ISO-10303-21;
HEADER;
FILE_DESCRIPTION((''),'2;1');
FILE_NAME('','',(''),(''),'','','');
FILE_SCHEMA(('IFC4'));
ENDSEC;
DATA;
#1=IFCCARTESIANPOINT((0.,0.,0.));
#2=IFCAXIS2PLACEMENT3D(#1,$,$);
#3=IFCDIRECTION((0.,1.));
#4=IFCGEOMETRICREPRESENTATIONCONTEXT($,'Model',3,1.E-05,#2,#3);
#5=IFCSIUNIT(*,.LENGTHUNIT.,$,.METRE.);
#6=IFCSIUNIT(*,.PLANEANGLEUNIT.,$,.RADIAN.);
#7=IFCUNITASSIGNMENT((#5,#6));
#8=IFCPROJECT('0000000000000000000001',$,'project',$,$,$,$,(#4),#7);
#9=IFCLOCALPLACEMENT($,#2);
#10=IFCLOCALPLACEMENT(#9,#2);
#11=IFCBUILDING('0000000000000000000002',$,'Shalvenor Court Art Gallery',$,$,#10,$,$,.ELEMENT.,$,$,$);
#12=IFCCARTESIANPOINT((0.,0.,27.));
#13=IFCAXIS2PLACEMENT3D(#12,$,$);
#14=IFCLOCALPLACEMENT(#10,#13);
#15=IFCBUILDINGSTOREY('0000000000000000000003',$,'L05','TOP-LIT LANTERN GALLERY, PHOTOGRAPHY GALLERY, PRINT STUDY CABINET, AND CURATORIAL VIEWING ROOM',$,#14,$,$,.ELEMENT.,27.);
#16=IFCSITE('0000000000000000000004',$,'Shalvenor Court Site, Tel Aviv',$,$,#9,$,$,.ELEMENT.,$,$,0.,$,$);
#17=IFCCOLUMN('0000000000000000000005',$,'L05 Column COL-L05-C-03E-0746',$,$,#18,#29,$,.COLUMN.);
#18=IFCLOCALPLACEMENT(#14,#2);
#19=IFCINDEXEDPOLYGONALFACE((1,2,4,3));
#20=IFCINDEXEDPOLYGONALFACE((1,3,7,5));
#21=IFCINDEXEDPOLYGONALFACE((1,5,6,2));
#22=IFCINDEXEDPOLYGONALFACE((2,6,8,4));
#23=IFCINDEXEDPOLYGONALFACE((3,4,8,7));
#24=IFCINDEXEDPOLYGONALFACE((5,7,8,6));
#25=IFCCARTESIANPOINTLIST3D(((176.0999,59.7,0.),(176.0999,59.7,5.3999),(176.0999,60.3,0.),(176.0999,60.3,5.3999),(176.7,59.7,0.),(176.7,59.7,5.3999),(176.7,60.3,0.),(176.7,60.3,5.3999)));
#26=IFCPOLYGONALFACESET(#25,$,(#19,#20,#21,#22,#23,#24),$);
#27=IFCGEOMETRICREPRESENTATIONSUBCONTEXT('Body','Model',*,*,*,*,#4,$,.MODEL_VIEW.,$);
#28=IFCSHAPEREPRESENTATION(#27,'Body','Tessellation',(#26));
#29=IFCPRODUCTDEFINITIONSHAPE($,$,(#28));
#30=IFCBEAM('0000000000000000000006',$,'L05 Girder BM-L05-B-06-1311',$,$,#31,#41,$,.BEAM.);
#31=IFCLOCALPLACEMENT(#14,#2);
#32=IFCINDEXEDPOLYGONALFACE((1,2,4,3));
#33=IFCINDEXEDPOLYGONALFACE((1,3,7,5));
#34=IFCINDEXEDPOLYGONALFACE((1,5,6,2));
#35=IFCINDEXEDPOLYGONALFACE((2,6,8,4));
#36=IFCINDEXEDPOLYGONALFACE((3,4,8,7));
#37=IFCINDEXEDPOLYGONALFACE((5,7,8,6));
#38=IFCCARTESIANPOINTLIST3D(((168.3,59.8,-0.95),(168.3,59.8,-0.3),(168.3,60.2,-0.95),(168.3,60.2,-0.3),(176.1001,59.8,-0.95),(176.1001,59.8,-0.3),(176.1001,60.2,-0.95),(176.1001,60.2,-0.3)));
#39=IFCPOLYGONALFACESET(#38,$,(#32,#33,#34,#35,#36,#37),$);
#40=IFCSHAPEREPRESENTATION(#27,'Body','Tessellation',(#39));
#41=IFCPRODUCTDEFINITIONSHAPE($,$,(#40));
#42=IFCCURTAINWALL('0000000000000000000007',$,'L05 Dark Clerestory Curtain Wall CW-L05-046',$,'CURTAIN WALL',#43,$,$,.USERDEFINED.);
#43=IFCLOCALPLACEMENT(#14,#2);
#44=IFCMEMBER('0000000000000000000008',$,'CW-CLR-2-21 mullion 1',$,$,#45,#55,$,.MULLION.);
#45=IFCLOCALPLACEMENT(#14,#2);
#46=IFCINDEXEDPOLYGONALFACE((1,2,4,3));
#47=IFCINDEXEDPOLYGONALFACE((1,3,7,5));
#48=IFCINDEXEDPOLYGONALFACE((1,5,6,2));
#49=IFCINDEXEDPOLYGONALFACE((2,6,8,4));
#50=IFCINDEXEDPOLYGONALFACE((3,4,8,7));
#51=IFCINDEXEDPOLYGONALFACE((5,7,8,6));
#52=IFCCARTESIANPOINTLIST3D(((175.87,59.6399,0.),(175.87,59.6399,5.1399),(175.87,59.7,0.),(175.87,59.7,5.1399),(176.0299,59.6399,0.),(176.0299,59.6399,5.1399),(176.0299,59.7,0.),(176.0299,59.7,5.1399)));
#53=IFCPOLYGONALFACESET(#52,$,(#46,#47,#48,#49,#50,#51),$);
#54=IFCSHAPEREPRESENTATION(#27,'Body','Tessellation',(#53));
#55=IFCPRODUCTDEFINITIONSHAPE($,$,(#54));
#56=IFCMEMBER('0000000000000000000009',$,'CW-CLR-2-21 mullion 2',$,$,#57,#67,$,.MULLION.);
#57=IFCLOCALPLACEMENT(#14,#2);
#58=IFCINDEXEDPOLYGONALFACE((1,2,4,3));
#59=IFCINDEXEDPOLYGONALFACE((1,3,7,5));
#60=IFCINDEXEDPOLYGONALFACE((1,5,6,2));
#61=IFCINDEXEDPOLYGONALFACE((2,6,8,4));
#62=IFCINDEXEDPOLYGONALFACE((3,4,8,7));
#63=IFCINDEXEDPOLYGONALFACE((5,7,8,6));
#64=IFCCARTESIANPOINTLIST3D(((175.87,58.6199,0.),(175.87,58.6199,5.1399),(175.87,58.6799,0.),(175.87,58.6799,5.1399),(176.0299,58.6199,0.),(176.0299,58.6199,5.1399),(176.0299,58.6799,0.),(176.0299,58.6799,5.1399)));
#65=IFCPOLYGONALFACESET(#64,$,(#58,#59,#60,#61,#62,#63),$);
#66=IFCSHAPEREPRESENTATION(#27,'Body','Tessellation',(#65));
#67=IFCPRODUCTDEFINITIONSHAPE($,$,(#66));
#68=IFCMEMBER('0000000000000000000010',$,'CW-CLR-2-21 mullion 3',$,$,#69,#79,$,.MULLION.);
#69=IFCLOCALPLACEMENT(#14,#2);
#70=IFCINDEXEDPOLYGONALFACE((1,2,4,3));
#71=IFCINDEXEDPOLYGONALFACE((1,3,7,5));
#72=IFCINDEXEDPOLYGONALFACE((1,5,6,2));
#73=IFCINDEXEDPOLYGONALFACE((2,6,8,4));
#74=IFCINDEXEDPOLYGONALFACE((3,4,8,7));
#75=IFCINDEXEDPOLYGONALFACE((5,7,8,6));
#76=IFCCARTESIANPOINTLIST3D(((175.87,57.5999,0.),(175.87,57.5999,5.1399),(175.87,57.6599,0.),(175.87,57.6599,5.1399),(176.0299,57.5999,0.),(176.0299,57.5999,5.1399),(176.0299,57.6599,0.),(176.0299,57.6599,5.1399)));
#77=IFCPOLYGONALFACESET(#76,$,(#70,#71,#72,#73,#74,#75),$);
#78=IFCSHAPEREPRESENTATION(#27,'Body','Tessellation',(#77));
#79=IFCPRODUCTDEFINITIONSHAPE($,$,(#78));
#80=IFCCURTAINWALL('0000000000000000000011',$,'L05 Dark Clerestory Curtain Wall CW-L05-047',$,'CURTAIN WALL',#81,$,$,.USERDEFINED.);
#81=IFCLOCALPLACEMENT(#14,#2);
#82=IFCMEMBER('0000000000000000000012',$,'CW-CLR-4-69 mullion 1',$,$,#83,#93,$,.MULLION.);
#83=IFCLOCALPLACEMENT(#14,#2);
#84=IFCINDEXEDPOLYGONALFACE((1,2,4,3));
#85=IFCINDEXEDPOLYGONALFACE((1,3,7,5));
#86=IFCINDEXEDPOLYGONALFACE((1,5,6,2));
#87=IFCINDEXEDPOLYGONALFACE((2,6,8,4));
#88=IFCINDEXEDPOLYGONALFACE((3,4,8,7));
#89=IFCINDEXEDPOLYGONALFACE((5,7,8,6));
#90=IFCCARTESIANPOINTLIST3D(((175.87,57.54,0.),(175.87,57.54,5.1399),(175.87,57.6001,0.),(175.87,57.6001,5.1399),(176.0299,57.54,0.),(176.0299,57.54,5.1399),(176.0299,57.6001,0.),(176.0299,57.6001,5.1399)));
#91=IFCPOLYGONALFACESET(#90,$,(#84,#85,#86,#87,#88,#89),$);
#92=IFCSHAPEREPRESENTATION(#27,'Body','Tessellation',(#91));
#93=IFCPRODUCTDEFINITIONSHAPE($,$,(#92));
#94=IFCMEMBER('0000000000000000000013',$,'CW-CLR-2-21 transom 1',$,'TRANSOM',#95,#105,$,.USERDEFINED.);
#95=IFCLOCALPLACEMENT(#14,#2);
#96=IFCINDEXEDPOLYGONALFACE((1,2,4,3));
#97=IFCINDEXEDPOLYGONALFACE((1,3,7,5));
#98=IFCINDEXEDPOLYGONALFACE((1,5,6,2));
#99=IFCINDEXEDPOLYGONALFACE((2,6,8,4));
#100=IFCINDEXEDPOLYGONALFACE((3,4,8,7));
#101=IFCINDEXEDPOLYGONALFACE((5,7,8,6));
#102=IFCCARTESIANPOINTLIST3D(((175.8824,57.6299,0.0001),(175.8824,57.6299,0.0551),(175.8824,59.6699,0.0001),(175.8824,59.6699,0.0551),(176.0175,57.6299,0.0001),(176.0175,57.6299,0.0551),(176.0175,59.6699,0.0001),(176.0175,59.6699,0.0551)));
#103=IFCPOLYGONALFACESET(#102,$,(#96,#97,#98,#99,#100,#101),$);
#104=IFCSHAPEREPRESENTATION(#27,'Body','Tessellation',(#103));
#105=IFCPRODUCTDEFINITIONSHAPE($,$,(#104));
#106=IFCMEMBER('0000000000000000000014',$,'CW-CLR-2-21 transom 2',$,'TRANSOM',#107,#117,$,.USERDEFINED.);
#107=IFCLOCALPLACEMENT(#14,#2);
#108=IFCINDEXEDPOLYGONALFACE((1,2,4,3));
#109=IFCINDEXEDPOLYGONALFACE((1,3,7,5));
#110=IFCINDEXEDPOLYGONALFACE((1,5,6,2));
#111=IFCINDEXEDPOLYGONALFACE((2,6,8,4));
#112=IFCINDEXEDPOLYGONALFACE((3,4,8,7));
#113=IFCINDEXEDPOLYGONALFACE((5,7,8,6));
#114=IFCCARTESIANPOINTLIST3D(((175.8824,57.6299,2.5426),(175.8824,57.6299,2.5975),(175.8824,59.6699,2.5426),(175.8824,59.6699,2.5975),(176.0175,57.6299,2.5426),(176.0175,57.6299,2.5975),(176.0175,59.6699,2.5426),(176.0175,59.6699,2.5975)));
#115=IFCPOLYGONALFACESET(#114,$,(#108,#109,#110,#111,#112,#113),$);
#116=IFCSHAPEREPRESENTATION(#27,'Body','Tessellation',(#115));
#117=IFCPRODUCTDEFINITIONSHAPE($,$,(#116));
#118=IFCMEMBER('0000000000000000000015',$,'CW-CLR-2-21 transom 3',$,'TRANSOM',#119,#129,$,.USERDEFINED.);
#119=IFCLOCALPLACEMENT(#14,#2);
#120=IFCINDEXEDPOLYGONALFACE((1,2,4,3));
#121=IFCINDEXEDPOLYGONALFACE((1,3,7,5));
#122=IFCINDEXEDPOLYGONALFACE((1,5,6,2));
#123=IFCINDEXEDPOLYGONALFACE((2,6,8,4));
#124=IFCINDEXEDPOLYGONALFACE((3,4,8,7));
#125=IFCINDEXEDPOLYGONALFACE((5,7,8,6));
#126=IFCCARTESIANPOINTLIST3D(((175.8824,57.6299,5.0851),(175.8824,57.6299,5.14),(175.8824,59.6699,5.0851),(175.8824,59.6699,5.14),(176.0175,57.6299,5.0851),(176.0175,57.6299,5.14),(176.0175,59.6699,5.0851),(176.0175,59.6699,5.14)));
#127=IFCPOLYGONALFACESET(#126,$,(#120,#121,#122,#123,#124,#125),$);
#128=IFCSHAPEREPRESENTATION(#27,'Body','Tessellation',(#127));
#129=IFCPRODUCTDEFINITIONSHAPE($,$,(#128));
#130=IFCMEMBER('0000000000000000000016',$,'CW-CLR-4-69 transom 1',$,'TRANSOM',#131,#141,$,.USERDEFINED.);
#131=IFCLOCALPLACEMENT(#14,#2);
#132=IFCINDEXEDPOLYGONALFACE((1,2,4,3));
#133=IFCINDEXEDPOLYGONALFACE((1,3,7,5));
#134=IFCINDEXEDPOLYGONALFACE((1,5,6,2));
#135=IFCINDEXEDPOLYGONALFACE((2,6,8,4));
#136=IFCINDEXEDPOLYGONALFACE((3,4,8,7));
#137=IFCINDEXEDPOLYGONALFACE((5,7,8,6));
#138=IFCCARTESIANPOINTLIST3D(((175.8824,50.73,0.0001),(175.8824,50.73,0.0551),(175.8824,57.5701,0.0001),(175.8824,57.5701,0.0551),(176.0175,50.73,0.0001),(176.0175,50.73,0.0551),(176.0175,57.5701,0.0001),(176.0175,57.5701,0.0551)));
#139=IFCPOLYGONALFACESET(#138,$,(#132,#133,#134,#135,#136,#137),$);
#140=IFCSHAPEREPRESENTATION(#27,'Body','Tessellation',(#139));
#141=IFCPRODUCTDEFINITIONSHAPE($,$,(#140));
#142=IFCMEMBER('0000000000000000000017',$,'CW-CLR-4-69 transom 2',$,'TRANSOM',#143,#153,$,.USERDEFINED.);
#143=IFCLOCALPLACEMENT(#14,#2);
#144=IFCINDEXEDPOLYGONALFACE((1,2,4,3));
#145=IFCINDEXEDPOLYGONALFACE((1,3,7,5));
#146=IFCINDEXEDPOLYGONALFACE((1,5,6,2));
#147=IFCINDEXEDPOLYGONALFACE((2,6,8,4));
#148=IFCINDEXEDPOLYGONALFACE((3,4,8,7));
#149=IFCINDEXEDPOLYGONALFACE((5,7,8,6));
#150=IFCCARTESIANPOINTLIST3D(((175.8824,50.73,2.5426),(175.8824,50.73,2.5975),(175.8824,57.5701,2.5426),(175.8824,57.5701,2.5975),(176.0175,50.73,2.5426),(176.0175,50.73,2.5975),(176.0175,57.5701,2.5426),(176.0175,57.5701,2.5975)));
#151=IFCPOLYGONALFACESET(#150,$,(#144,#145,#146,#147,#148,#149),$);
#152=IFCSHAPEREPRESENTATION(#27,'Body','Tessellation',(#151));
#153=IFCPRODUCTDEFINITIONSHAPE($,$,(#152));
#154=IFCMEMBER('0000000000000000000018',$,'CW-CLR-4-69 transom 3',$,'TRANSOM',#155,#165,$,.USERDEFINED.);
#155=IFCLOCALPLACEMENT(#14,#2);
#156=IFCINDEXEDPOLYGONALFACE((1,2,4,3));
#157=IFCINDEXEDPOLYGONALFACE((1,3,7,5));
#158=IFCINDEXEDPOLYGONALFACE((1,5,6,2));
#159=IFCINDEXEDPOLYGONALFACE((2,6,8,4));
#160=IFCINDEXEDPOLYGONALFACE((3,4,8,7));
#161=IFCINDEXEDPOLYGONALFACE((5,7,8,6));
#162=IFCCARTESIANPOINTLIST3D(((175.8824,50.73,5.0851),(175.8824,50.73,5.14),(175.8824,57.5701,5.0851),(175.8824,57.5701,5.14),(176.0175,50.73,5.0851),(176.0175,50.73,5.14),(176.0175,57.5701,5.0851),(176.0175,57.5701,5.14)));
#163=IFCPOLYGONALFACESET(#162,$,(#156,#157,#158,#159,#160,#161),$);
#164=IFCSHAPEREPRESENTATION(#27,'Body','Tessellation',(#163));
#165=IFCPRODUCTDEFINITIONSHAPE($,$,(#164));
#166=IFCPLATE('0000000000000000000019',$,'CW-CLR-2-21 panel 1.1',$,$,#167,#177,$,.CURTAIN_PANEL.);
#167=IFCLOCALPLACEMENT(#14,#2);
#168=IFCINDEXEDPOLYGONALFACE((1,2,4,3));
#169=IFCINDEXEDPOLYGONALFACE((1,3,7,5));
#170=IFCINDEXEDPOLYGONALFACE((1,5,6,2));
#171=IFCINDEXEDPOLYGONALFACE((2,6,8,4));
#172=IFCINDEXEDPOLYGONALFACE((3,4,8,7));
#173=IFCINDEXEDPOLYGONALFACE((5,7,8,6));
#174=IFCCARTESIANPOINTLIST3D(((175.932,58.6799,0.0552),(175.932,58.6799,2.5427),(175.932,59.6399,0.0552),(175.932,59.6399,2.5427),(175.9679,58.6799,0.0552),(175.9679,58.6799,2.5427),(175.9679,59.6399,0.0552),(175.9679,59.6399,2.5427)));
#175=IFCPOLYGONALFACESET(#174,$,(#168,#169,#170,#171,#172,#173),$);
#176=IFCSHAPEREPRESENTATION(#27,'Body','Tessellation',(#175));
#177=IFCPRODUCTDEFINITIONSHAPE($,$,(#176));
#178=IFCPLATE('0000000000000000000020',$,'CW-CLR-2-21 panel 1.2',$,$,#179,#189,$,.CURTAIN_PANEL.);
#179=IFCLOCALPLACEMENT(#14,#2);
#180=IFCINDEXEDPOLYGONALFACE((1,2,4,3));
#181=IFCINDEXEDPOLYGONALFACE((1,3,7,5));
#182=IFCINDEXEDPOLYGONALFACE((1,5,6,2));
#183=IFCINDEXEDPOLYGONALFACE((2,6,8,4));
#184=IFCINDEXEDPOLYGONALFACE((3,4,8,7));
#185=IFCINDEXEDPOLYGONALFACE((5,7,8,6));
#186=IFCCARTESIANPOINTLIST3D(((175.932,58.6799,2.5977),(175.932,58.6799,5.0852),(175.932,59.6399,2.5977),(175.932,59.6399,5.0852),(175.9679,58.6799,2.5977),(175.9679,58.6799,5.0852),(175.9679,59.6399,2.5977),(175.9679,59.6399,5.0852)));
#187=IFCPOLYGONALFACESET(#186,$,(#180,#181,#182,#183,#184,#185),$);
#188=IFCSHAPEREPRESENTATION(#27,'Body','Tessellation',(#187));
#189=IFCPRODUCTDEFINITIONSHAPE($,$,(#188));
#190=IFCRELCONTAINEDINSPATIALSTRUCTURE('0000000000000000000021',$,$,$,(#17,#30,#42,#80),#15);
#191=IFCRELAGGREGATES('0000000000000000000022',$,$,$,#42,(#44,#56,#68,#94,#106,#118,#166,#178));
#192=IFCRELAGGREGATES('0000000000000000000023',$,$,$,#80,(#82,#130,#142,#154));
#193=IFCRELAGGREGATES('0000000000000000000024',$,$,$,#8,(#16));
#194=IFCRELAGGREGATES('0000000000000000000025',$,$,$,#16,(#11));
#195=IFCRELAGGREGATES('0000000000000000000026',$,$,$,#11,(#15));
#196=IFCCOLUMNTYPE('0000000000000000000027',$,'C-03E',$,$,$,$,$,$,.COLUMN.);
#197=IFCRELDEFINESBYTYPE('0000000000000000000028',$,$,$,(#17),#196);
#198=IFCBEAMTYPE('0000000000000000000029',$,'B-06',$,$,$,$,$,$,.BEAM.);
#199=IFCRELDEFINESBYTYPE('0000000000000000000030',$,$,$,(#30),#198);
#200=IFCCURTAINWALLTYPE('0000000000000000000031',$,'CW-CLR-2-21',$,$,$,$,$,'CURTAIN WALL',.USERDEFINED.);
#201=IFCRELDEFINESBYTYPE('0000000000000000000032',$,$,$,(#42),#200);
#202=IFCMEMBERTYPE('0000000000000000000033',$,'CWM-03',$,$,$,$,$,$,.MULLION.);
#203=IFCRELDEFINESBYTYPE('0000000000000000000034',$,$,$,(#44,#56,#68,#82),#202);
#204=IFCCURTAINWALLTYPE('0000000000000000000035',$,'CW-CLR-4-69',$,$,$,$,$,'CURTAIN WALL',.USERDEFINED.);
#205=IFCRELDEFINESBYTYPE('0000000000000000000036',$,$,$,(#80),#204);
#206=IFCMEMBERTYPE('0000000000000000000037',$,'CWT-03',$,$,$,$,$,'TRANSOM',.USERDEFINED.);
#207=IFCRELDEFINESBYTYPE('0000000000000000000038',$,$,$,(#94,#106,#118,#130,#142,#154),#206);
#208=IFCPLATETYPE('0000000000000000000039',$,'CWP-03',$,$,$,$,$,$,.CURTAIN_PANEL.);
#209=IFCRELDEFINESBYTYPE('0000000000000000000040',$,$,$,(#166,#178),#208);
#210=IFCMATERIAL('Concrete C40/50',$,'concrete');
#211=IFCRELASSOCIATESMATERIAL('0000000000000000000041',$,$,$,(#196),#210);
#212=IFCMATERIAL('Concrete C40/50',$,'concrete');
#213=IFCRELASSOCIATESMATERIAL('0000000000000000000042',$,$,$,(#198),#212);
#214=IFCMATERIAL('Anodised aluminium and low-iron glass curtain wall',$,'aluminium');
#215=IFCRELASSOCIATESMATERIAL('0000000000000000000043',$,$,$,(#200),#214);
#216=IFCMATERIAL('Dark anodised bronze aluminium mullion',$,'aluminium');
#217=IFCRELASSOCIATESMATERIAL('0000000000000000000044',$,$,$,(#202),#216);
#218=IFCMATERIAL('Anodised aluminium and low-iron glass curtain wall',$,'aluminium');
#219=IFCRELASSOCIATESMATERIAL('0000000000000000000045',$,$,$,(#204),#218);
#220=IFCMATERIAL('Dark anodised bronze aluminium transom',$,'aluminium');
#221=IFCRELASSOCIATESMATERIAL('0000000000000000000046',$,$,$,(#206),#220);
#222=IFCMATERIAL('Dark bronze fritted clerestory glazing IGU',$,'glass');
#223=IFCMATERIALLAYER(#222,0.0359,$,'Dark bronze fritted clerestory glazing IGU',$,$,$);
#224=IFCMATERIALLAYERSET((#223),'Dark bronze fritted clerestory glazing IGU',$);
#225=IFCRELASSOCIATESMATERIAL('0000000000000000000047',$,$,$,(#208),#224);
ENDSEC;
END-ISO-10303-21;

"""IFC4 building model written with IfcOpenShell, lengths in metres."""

from ifc_helpers import new_model, si_unit, direction, frame, origin, origin_2d, place, context, subcontext, project, spatial, rectangle, extrude, material, layer, layer_set, material_profile, profile_set, type_object, element, aggregate, save


model = new_model("IFC4")

# Units and contexts
model_context = context("Model", 3, precision=1e-05, world=origin(), true_north=direction((0.0, 1.0)))
body_context = subcontext(model_context, "Body", "Model", "MODEL_VIEW")
ifc_project = project(units=[si_unit("LENGTHUNIT", "METRE"), si_unit("PLANEANGLEUNIT", "RADIAN")], contexts=[model_context])

# Site, building, storey
site_placement = place(None, origin())
site = spatial("IfcSite", under=ifc_project, at=site_placement, Name="Shalvenor Court Site, Tel Aviv", CompositionType="ELEMENT", RefElevation=0.0)
building_placement = place(site_placement, origin())
building = spatial("IfcBuilding", under=site, at=building_placement, Name="Shalvenor Court Art Gallery", CompositionType="ELEMENT")
storey_placement = place(building_placement, frame((0.0, 0.0, 27.0)))
storey = spatial("IfcBuildingStorey", under=building, at=storey_placement, Name="L05", Description="TOP-LIT LANTERN GALLERY, PHOTOGRAPHY GALLERY, PRINT STUDY CABINET, AND CURATORIAL VIEWING ROOM", CompositionType="ELEMENT", Elevation=27.0)

# Column
ifc_material_1 = material(Name="Concrete C40/50", Category="concrete")
ifc_material_profile_1 = material_profile(ifc_material_1, rectangle(XDim=0.6001, YDim=0.6001, at=origin_2d()), Name="RC 600x600")
ifc_profile_set_1 = profile_set([ifc_material_profile_1], Name="Concrete C40/50")
column_type = type_object("IfcColumnType", Name="C-03E", PredefinedType="COLUMN", material=ifc_profile_set_1)
column_placement = place(storey_placement, frame((176.3999, 60.0, 0.0), z_axis=(0.0, 0.0, 1.0), x_axis=(1.0, 0.0, 0.0)))
element("IfcColumn", 1, at=column_placement, inside=storey, type_object=column_type, Name="L05 Column COL-L05-C-03E-0746", PredefinedType="COLUMN", context=body_context, shape_type="SweptSolid", body=[
    extrude(rectangle(XDim=0.6001, YDim=0.6001, at=origin_2d()), origin(), (0.0, 0.0, 1.0), 5.3999),
])

# Beam
ifc_material_2 = material(Name="Concrete C40/50", Category="concrete")
ifc_material_profile_2 = material_profile(ifc_material_2, rectangle(XDim=0.3999, YDim=0.6499, at=origin_2d()), Name="RC 400x650")
ifc_profile_set_2 = profile_set([ifc_material_profile_2], Name="Concrete C40/50")
beam_type = type_object("IfcBeamType", Name="B-06", PredefinedType="BEAM", material=ifc_profile_set_2)
beam_placement = place(storey_placement, frame((168.3, 60.0, -0.625), z_axis=(1.0, 0.0, 0.0), x_axis=(0.0, 1.0, 0.0)))
element("IfcBeam", 2, at=beam_placement, inside=storey, type_object=beam_type, Name="L05 Girder BM-L05-B-06-1311", PredefinedType="BEAM", context=body_context, shape_type="SweptSolid", body=[
    extrude(rectangle(XDim=0.3999, YDim=0.6499, at=origin_2d()), origin(), (0.0, 0.0, 1.0), 7.8),
])

# Curtain wall, members
ifc_material_3 = material(Name="Anodised aluminium and low-iron glass curtain wall", Category="aluminium")
curtain_wall_type_1 = type_object("IfcCurtainWallType", Name="CW-CLR-2-21", ElementType="CURTAIN WALL", PredefinedType="USERDEFINED", material=ifc_material_3)
curtain_wall_1_placement = place(storey_placement, origin())
curtain_wall_1 = element("IfcCurtainWall", 3, at=curtain_wall_1_placement, inside=storey, type_object=curtain_wall_type_1, Name="L05 Dark Clerestory Curtain Wall CW-L05-046", ObjectType="CURTAIN WALL", PredefinedType="USERDEFINED")
ifc_material_4 = material(Name="Dark anodised bronze aluminium mullion", Category="aluminium")
ifc_material_profile_3 = material_profile(ifc_material_4, rectangle(XDim=0.0601, YDim=0.1599, at=origin_2d()), Name="CWM-03")
ifc_profile_set_3 = profile_set([ifc_material_profile_3], Name="Dark anodised bronze aluminium mullion")
member_type_1 = type_object("IfcMemberType", Name="CWM-03", PredefinedType="MULLION", material=ifc_profile_set_3)
member_1_placement = place(storey_placement, frame((175.95, 59.6699, 0.0), z_axis=(0.0, 0.0, 1.0), x_axis=(0.0, -1.0, 0.0)))
member_1 = element("IfcMember", 4, at=member_1_placement, type_object=member_type_1, Name="CW-CLR-2-21 mullion 1", PredefinedType="MULLION", context=body_context, shape_type="SweptSolid", body=[
    extrude(rectangle(XDim=0.0601, YDim=0.1599, at=origin_2d()), origin(), (0.0, 0.0, 1.0), 5.1399),
])
member_2_placement = place(storey_placement, frame((175.95, 58.6499, 0.0), z_axis=(0.0, 0.0, 1.0), x_axis=(0.0, -1.0, 0.0)))
member_2 = element("IfcMember", 5, at=member_2_placement, type_object=member_type_1, Name="CW-CLR-2-21 mullion 2", PredefinedType="MULLION", context=body_context, shape_type="SweptSolid", body=[
    extrude(rectangle(XDim=0.0601, YDim=0.1599, at=origin_2d()), origin(), (0.0, 0.0, 1.0), 5.1399),
])
member_3_placement = place(storey_placement, frame((175.95, 57.6299, 0.0), z_axis=(0.0, 0.0, 1.0), x_axis=(0.0, -1.0, 0.0)))
member_3 = element("IfcMember", 6, at=member_3_placement, type_object=member_type_1, Name="CW-CLR-2-21 mullion 3", PredefinedType="MULLION", context=body_context, shape_type="SweptSolid", body=[
    extrude(rectangle(XDim=0.0601, YDim=0.1599, at=origin_2d()), origin(), (0.0, 0.0, 1.0), 5.1399),
])

# Curtain wall, member
ifc_material_5 = material(Name="Anodised aluminium and low-iron glass curtain wall", Category="aluminium")
curtain_wall_type_2 = type_object("IfcCurtainWallType", Name="CW-CLR-4-69", ElementType="CURTAIN WALL", PredefinedType="USERDEFINED", material=ifc_material_5)
curtain_wall_2_placement = place(storey_placement, origin())
curtain_wall_2 = element("IfcCurtainWall", 7, at=curtain_wall_2_placement, inside=storey, type_object=curtain_wall_type_2, Name="L05 Dark Clerestory Curtain Wall CW-L05-047", ObjectType="CURTAIN WALL", PredefinedType="USERDEFINED")
member_4_placement = place(storey_placement, frame((175.95, 57.5701, 0.0), z_axis=(0.0, 0.0, 1.0), x_axis=(0.0, -1.0, 0.0)))
member_4 = element("IfcMember", 8, at=member_4_placement, type_object=member_type_1, Name="CW-CLR-4-69 mullion 1", PredefinedType="MULLION", context=body_context, shape_type="SweptSolid", body=[
    extrude(rectangle(XDim=0.0601, YDim=0.1599, at=origin_2d()), origin(), (0.0, 0.0, 1.0), 5.1399),
])

# Members
ifc_material_6 = material(Name="Dark anodised bronze aluminium transom", Category="aluminium")
ifc_material_profile_4 = material_profile(ifc_material_6, rectangle(XDim=0.135, YDim=0.0549, at=origin_2d()), Name="CWT-03")
ifc_profile_set_4 = profile_set([ifc_material_profile_4], Name="Dark anodised bronze aluminium transom")
member_type_2 = type_object("IfcMemberType", Name="CWT-03", ElementType="TRANSOM", PredefinedType="USERDEFINED", material=ifc_profile_set_4)
member_5_placement = place(storey_placement, frame((175.95, 59.6699, 0.0276), z_axis=(0.0, -1.0, 0.0), x_axis=(1.0, 0.0, 0.0)))
member_5 = element("IfcMember", 9, at=member_5_placement, type_object=member_type_2, Name="CW-CLR-2-21 transom 1", ObjectType="TRANSOM", PredefinedType="USERDEFINED", context=body_context, shape_type="SweptSolid", body=[
    extrude(rectangle(XDim=0.135, YDim=0.0549, at=origin_2d()), origin(), (0.0, 0.0, 1.0), 2.04),
])
member_6_placement = place(storey_placement, frame((175.95, 59.6699, 2.5701), z_axis=(0.0, -1.0, 0.0), x_axis=(1.0, 0.0, 0.0)))
member_6 = element("IfcMember", 10, at=member_6_placement, type_object=member_type_2, Name="CW-CLR-2-21 transom 2", ObjectType="TRANSOM", PredefinedType="USERDEFINED", context=body_context, shape_type="SweptSolid", body=[
    extrude(rectangle(XDim=0.135, YDim=0.0549, at=origin_2d()), origin(), (0.0, 0.0, 1.0), 2.04),
])
member_7_placement = place(storey_placement, frame((175.95, 59.6699, 5.1125), z_axis=(0.0, -1.0, 0.0), x_axis=(1.0, 0.0, 0.0)))
member_7 = element("IfcMember", 11, at=member_7_placement, type_object=member_type_2, Name="CW-CLR-2-21 transom 3", ObjectType="TRANSOM", PredefinedType="USERDEFINED", context=body_context, shape_type="SweptSolid", body=[
    extrude(rectangle(XDim=0.135, YDim=0.0549, at=origin_2d()), origin(), (0.0, 0.0, 1.0), 2.04),
])
member_8_placement = place(storey_placement, frame((175.95, 57.5701, 0.0276), z_axis=(0.0, -1.0, 0.0), x_axis=(1.0, 0.0, 0.0)))
member_8 = element("IfcMember", 12, at=member_8_placement, type_object=member_type_2, Name="CW-CLR-4-69 transom 1", ObjectType="TRANSOM", PredefinedType="USERDEFINED", context=body_context, shape_type="SweptSolid", body=[
    extrude(rectangle(XDim=0.135, YDim=0.0549, at=origin_2d()), origin(), (0.0, 0.0, 1.0), 6.8401),
])
member_9_placement = place(storey_placement, frame((175.95, 57.5701, 2.5701), z_axis=(0.0, -1.0, 0.0), x_axis=(1.0, 0.0, 0.0)))
member_9 = element("IfcMember", 13, at=member_9_placement, type_object=member_type_2, Name="CW-CLR-4-69 transom 2", ObjectType="TRANSOM", PredefinedType="USERDEFINED", context=body_context, shape_type="SweptSolid", body=[
    extrude(rectangle(XDim=0.135, YDim=0.0549, at=origin_2d()), origin(), (0.0, 0.0, 1.0), 6.8401),
])
member_10_placement = place(storey_placement, frame((175.95, 57.5701, 5.1125), z_axis=(0.0, -1.0, 0.0), x_axis=(1.0, 0.0, 0.0)))
member_10 = element("IfcMember", 14, at=member_10_placement, type_object=member_type_2, Name="CW-CLR-4-69 transom 3", ObjectType="TRANSOM", PredefinedType="USERDEFINED", context=body_context, shape_type="SweptSolid", body=[
    extrude(rectangle(XDim=0.135, YDim=0.0549, at=origin_2d()), origin(), (0.0, 0.0, 1.0), 6.8401),
])

# Plates
ifc_material_7 = material(Name="Dark bronze fritted clerestory glazing IGU", Category="glass")
ifc_layer_1 = layer(ifc_material_7, 0.0359, Name="Dark bronze fritted clerestory glazing IGU")
ifc_layer_set_1 = layer_set([ifc_layer_1], Name="Dark bronze fritted clerestory glazing IGU")
plate_type = type_object("IfcPlateType", Name="CWP-03", PredefinedType="CURTAIN_PANEL", material=ifc_layer_set_1)
plate_1_placement = place(storey_placement, frame((175.95, 59.1599, 0.0552), z_axis=(0.0, 0.0, 1.0), x_axis=(0.0, -1.0, 0.0)))
plate_1 = element("IfcPlate", 15, at=plate_1_placement, type_object=plate_type, Name="CW-CLR-2-21 panel 1.1", PredefinedType="CURTAIN_PANEL", context=body_context, shape_type="SweptSolid", body=[
    extrude(rectangle(XDim=0.96, YDim=0.0359, at=origin_2d()), origin(), (0.0, 0.0, 1.0), 2.4875),
])
plate_2_placement = place(storey_placement, frame((175.95, 59.1599, 2.5977), z_axis=(0.0, 0.0, 1.0), x_axis=(0.0, -1.0, 0.0)))
plate_2 = element("IfcPlate", 16, at=plate_2_placement, type_object=plate_type, Name="CW-CLR-2-21 panel 1.2", PredefinedType="CURTAIN_PANEL", context=body_context, shape_type="SweptSolid", body=[
    extrude(rectangle(XDim=0.96, YDim=0.0359, at=origin_2d()), origin(), (0.0, 0.0, 1.0), 2.4875),
])
aggregate(curtain_wall_1, [member_1, member_2, member_3, member_5, member_6, member_7, plate_1, plate_2])
aggregate(curtain_wall_2, [member_4, member_8, member_9, member_10])

save(model, "model.ifc")
